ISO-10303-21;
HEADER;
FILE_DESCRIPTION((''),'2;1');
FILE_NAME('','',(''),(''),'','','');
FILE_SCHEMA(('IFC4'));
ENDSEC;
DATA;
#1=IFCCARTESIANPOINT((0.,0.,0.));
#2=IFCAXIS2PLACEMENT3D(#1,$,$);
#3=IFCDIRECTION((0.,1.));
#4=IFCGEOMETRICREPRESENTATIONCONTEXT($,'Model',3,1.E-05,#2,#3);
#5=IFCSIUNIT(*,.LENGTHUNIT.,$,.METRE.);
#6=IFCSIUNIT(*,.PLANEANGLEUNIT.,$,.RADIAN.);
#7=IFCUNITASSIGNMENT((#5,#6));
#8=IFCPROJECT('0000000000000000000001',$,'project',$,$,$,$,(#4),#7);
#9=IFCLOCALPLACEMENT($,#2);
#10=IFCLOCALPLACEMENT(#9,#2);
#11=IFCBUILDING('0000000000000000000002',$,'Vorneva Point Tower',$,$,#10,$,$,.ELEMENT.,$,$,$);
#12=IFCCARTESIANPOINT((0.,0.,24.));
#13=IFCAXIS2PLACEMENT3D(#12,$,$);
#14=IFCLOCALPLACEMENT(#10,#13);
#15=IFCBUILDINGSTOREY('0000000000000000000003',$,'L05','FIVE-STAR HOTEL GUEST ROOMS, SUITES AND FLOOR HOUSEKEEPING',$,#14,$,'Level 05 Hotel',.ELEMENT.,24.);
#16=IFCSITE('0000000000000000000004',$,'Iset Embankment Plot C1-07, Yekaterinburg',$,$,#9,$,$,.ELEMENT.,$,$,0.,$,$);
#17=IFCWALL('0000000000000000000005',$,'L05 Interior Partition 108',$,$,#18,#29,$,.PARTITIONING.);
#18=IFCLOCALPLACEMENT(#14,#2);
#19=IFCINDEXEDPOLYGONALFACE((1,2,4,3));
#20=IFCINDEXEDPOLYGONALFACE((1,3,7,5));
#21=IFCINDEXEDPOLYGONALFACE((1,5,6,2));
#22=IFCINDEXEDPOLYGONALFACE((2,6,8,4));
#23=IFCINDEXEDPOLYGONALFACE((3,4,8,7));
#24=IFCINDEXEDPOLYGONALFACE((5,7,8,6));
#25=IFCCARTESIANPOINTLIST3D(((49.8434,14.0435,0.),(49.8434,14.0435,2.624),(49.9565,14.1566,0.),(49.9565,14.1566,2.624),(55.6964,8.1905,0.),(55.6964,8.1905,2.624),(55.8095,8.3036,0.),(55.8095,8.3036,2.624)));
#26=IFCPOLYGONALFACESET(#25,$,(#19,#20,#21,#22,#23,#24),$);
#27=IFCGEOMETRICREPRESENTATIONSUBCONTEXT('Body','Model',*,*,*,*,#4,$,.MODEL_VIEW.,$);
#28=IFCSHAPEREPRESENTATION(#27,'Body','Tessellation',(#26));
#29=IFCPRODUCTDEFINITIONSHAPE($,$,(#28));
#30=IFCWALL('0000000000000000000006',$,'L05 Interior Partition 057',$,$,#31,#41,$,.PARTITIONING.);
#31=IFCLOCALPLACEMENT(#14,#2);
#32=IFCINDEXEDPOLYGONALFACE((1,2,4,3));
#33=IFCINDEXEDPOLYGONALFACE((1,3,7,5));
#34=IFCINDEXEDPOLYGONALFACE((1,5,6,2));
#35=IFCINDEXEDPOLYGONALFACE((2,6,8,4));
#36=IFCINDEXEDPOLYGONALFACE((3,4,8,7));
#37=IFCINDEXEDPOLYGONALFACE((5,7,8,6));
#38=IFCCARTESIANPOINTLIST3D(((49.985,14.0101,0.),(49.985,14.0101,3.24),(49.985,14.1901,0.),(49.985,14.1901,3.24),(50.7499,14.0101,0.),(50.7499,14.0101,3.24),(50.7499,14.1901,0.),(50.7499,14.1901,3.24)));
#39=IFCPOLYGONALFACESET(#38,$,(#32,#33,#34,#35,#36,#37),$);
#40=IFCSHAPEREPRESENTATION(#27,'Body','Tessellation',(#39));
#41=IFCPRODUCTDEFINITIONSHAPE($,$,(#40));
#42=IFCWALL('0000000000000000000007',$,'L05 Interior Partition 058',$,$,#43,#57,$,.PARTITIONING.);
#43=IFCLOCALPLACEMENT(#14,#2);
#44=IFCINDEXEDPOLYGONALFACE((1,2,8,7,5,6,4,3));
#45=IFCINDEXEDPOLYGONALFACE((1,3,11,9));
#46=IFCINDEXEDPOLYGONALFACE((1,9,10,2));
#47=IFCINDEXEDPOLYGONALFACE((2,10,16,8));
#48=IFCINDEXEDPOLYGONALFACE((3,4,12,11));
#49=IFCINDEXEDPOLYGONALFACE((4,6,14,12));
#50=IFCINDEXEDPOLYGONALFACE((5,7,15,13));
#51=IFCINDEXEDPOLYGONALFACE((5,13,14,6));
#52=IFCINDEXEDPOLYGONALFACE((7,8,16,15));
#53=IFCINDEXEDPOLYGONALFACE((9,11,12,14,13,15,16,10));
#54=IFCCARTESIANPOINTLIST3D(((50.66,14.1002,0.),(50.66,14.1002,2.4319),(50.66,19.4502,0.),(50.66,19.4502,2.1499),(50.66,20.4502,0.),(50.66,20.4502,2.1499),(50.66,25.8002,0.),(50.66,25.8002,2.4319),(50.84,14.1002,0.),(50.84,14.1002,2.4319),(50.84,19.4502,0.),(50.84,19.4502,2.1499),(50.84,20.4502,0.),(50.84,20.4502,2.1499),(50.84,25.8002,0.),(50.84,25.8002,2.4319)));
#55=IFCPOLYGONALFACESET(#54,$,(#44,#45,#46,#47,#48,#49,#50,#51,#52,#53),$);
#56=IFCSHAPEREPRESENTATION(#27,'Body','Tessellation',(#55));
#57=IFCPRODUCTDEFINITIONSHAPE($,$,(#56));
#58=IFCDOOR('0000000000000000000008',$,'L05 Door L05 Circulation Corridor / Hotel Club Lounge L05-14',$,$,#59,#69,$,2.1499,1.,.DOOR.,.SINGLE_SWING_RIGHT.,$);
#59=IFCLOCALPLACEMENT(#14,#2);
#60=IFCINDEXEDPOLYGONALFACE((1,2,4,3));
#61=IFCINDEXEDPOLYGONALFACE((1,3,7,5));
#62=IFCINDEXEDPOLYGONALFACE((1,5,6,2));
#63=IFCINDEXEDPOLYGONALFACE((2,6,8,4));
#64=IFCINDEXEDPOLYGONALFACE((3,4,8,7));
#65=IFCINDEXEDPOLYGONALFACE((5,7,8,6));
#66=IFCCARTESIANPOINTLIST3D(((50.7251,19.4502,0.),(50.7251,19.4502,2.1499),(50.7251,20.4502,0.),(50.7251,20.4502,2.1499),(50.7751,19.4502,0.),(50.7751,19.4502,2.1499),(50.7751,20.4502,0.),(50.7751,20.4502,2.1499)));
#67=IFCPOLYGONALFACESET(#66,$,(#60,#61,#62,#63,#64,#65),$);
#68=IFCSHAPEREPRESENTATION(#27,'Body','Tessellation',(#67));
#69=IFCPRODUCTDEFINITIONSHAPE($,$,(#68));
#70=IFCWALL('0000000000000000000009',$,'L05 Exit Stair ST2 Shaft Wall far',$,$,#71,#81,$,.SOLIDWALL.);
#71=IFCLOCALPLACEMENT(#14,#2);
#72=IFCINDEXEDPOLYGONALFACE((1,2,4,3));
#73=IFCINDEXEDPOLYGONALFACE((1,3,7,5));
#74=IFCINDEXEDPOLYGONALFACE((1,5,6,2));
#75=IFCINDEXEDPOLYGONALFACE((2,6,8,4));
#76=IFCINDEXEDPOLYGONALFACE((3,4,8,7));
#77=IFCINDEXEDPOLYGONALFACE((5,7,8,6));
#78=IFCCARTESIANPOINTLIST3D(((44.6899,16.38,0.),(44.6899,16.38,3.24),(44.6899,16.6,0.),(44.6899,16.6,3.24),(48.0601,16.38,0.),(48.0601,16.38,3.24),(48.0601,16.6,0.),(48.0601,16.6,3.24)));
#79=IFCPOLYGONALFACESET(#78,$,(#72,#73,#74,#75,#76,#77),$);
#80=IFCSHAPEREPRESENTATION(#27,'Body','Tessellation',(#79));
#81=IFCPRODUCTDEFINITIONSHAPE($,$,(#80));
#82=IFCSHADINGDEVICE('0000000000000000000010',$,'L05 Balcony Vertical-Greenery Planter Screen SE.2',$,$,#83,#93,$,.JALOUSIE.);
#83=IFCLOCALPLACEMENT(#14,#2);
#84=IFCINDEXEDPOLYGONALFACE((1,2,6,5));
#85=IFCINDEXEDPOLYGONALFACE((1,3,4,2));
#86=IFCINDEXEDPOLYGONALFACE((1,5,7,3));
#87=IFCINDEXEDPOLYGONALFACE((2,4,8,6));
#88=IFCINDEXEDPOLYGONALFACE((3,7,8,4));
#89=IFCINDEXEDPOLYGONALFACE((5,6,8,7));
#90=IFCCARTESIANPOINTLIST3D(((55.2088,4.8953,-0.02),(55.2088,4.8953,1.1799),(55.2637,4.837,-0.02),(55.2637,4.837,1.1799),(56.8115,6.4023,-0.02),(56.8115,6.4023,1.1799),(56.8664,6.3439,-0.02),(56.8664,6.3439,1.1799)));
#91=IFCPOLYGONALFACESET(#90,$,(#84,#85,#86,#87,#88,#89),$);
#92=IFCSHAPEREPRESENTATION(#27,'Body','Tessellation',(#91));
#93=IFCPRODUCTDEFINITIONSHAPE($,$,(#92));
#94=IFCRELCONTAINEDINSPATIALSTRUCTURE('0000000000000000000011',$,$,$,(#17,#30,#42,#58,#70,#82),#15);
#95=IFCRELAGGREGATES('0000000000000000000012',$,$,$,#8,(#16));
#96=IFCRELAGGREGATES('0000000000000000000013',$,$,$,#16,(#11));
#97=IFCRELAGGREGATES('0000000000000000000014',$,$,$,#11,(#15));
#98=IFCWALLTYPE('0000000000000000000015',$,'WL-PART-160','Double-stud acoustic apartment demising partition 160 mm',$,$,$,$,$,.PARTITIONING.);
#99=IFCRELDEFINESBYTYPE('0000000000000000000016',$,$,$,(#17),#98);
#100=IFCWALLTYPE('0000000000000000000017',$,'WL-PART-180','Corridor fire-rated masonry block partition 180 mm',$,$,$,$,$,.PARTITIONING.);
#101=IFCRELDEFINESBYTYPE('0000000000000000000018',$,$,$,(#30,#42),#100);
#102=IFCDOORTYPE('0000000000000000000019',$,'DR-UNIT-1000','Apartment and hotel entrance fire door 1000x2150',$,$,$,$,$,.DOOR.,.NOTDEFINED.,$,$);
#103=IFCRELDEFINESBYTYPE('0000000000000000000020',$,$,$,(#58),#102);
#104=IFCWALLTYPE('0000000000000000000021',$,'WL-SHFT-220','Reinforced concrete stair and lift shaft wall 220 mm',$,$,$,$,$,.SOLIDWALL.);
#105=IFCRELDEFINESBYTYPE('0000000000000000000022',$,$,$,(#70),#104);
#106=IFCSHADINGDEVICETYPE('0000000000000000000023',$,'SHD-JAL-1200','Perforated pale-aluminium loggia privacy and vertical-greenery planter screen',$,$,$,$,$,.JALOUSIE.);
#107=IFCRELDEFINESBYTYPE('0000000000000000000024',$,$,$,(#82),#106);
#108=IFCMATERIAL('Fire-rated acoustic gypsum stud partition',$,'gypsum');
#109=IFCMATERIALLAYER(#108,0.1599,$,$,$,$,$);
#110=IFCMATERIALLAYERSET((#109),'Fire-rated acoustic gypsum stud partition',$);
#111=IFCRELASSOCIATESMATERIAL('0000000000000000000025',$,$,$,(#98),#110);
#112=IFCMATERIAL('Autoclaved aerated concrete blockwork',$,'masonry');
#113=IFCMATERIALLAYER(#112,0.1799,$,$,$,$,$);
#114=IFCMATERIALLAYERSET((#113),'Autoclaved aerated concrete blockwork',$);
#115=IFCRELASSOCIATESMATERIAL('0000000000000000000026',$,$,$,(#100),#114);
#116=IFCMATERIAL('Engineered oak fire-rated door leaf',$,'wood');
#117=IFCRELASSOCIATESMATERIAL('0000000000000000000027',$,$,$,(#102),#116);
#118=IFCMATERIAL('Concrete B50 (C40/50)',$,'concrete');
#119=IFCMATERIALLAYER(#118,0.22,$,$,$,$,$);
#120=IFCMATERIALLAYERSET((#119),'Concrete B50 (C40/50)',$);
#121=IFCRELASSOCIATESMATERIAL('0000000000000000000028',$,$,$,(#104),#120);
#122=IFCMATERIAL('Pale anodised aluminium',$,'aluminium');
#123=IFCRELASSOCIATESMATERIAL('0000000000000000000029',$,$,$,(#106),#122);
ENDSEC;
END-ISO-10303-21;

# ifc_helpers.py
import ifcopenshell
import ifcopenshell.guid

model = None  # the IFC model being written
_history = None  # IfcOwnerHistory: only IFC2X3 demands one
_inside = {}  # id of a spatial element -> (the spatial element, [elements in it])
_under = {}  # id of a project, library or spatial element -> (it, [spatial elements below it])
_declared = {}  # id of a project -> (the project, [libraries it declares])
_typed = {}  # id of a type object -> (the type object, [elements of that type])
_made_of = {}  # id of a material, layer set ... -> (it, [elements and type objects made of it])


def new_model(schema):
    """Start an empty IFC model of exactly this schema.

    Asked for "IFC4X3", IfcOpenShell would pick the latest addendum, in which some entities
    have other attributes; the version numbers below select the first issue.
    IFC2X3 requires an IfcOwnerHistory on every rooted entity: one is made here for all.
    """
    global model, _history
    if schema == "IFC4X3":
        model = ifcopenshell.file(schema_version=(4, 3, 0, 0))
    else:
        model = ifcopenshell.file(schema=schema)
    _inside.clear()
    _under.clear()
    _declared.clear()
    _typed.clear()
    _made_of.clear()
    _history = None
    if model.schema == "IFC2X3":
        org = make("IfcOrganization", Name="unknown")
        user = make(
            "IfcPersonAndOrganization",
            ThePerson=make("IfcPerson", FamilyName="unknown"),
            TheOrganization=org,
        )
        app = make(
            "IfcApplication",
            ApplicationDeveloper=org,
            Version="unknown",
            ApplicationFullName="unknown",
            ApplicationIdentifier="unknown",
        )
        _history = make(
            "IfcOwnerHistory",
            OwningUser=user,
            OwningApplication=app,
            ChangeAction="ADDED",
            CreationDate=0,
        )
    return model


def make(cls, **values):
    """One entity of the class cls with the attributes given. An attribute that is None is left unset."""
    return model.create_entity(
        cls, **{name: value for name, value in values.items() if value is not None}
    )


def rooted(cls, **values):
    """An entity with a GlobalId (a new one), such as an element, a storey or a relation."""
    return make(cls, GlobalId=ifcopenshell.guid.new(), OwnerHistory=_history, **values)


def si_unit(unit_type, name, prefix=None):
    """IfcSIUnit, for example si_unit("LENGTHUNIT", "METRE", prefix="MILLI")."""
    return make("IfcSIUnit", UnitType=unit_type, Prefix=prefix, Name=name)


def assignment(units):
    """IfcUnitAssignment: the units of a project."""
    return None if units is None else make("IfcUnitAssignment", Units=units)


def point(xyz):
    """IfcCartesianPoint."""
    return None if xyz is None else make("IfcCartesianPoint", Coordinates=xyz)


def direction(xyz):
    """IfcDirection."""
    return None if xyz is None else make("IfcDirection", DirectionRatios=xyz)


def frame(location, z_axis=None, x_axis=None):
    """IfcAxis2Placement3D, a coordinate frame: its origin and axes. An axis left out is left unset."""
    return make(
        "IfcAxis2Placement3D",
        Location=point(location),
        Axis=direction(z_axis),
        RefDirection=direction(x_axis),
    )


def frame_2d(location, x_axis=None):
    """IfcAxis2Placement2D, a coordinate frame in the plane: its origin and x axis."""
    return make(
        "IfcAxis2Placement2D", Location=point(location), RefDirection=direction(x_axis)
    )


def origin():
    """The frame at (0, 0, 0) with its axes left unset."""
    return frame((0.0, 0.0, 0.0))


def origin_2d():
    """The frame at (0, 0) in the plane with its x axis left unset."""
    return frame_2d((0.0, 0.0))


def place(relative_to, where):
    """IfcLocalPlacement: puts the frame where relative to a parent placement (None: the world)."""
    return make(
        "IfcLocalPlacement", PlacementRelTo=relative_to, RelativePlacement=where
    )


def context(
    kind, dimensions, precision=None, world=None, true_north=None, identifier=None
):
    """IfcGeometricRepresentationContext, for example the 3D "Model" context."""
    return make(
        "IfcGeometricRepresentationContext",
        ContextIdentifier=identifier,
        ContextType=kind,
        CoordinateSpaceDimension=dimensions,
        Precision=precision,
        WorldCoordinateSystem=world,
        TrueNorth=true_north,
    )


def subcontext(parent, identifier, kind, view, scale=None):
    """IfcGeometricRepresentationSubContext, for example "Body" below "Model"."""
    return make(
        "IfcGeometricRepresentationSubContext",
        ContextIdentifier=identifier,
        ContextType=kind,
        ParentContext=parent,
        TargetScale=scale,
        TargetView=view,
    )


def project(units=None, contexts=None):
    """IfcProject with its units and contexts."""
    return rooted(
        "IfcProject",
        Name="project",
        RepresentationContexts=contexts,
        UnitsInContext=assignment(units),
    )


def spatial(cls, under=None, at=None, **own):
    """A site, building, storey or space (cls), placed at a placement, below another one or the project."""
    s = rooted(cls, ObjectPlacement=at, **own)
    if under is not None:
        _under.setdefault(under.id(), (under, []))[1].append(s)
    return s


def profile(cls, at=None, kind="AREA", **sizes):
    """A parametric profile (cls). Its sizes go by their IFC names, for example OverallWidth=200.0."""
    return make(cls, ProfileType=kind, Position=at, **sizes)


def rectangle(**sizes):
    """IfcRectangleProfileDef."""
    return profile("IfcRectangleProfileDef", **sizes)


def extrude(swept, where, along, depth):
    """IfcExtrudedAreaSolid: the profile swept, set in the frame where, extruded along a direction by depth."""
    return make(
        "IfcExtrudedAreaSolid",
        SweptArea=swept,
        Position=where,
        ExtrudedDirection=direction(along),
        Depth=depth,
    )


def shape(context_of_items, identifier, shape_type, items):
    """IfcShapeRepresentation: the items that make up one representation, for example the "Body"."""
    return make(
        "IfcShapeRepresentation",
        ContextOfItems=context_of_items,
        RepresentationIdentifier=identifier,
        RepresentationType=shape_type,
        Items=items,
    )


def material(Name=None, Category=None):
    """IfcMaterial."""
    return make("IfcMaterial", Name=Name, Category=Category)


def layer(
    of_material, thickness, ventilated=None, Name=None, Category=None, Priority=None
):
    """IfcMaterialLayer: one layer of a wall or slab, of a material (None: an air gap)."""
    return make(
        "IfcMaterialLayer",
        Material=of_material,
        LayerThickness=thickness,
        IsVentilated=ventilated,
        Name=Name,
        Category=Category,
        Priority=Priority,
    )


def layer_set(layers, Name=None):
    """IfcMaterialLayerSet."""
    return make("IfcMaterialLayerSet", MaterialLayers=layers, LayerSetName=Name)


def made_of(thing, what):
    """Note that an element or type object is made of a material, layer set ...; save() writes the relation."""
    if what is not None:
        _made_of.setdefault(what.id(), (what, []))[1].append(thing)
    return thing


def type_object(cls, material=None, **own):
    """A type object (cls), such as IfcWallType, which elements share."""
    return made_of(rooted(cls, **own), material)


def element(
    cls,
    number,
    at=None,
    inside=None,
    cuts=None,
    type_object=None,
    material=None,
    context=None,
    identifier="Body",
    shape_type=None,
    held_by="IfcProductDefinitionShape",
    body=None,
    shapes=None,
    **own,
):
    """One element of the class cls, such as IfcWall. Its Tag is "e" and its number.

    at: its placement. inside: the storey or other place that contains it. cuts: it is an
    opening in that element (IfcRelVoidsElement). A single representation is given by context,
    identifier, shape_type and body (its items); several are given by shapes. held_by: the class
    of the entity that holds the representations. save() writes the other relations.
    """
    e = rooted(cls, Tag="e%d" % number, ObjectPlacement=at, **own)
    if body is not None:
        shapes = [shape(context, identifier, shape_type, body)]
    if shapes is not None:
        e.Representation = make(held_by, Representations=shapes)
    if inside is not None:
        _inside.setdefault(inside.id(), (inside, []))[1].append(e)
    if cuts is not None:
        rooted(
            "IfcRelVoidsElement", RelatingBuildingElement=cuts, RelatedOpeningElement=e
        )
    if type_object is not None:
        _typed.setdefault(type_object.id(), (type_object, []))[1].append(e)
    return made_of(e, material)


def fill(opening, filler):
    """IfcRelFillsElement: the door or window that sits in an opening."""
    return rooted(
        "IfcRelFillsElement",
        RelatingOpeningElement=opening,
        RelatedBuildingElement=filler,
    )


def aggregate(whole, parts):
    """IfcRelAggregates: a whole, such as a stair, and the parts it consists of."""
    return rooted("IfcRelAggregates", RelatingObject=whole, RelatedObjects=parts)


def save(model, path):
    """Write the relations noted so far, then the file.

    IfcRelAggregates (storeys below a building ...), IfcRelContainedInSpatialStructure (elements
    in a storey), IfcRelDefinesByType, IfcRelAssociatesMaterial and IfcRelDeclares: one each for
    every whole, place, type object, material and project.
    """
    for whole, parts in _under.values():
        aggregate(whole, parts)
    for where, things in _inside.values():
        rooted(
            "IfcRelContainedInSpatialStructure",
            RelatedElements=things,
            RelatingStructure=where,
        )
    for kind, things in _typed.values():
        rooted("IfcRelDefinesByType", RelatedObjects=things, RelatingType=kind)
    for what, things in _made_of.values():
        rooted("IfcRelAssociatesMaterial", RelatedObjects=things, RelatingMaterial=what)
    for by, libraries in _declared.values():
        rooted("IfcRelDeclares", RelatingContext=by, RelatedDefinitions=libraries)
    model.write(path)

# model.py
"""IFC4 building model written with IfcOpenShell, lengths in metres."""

from ifc_helpers import new_model, si_unit, direction, frame, frame_2d, origin, origin_2d, place, context, subcontext, project, spatial, rectangle, extrude, material, layer, layer_set, type_object, element, fill, save


model = new_model("IFC4")

# Units and contexts
model_context = context("Model", 3, precision=1e-05, world=origin(), true_north=direction((0.0, 1.0)))
body_context = subcontext(model_context, "Body", "Model", "MODEL_VIEW")
ifc_project = project(units=[si_unit("LENGTHUNIT", "METRE"), si_unit("PLANEANGLEUNIT", "RADIAN")], contexts=[model_context])

# Site, building, storey
site_placement = place(None, origin())
site = spatial("IfcSite", under=ifc_project, at=site_placement, Name="Iset Embankment Plot C1-07, Yekaterinburg", CompositionType="ELEMENT", RefElevation=0.0)
building_placement = place(site_placement, origin())
building = spatial("IfcBuilding", under=site, at=building_placement, Name="Vorneva Point Tower", CompositionType="ELEMENT")
storey_placement = place(building_placement, frame((0.0, 0.0, 24.0)))
storey = spatial("IfcBuildingStorey", under=building, at=storey_placement, Name="L05", Description="FIVE-STAR HOTEL GUEST ROOMS, SUITES AND FLOOR HOUSEKEEPING", LongName="Level 05 Hotel", CompositionType="ELEMENT", Elevation=24.0)

# Shared definitions
ifc_material_1 = material(Name="Pale anodised aluminium", Category="aluminium")

# Walls
ifc_material_2 = material(Name="Fire-rated acoustic gypsum stud partition", Category="gypsum")
ifc_layer_1 = layer(ifc_material_2, 0.1599)
ifc_layer_set_1 = layer_set([ifc_layer_1], Name="Fire-rated acoustic gypsum stud partition")
wall_type_1 = type_object("IfcWallType", Name="WL-PART-160", Description="Double-stud acoustic apartment demising partition 160 mm", PredefinedType="PARTITIONING", material=ifc_layer_set_1)
wall_1_placement = place(storey_placement, frame((55.7529, 8.2471, 0.0), z_axis=(0.0, 0.0, 1.0), x_axis=(-0.707107, 0.707107, 0.0)))
element("IfcWall", 1, at=wall_1_placement, inside=storey, type_object=wall_type_1, Name="L05 Interior Partition 108", PredefinedType="PARTITIONING", context=body_context, shape_type="SweptSolid", body=[
    extrude(rectangle(XDim=8.2773, YDim=0.1599, at=frame_2d((4.1387, 0.0))), origin(), (0.0, 0.0, 1.0), 2.624),
])
ifc_material_3 = material(Name="Autoclaved aerated concrete blockwork", Category="masonry")
ifc_layer_2 = layer(ifc_material_3, 0.1799)
ifc_layer_set_2 = layer_set([ifc_layer_2], Name="Autoclaved aerated concrete blockwork")
wall_type_2 = type_object("IfcWallType", Name="WL-PART-180", Description="Corridor fire-rated masonry block partition 180 mm", PredefinedType="PARTITIONING", material=ifc_layer_set_2)
wall_2_placement = place(storey_placement, frame((49.9851, 14.1001, 0.0), z_axis=(0.0, 0.0, 1.0), x_axis=(1.0, 0.0, 0.0)))
element("IfcWall", 2, at=wall_2_placement, inside=storey, type_object=wall_type_2, Name="L05 Interior Partition 057", PredefinedType="PARTITIONING", context=body_context, shape_type="SweptSolid", body=[
    extrude(rectangle(XDim=0.7649, YDim=0.1799, at=frame_2d((0.3823, 0.0))), origin(), (0.0, 0.0, 1.0), 3.24),
])

# Wall, opening, door
wall_3_placement = place(storey_placement, frame((50.75, 14.1001, 0.0), z_axis=(0.0, 0.0, 1.0), x_axis=(0.0, 1.0, 0.0)))
wall_3 = element("IfcWall", 3, at=wall_3_placement, inside=storey, type_object=wall_type_2, Name="L05 Interior Partition 058", PredefinedType="PARTITIONING", context=body_context, shape_type="SweptSolid", body=[
    extrude(rectangle(XDim=11.7, YDim=0.1799, at=frame_2d((5.8501, 0.0))), origin(), (0.0, 0.0, 1.0), 2.4319),
])
opening_1_placement = place(wall_3_placement, frame((5.3501, 0.0, 0.0)))
opening_1 = element("IfcOpeningElement", 4, at=opening_1_placement, cuts=wall_3, PredefinedType="OPENING", context=body_context, shape_type="SweptSolid", body=[
    extrude(rectangle(XDim=1.0, YDim=2.1499, at=frame_2d((0.5, 1.075))), frame((0.0, 0.105, 0.0), z_axis=(0.0, -1.0, 0.0), x_axis=(1.0, 0.0, 0.0)), (0.0, 0.0, 1.0), 0.2097),
])
ifc_material_4 = material(Name="Engineered oak fire-rated door leaf", Category="wood")
door_type_1 = type_object("IfcDoorType", Name="DR-UNIT-1000", Description="Apartment and hotel entrance fire door 1000x2150", OperationType="NOTDEFINED", PredefinedType="DOOR", material=ifc_material_4)
door_1_placement = place(opening_1_placement, origin())
door_1 = element("IfcDoor", 5, at=door_1_placement, inside=storey, type_object=door_type_1, Name="L05 Door L05 Circulation Corridor / Hotel Club Lounge L05-14", OperationType="SINGLE_SWING_RIGHT", OverallHeight=2.1499, OverallWidth=1.0, PredefinedType="DOOR", context=body_context, shape_type="SweptSolid", body=[
    extrude(rectangle(XDim=1.0, YDim=2.1499, at=frame_2d((0.5, 1.075))), frame((0.0, 0.0249, 0.0), z_axis=(0.0, -1.0, 0.0), x_axis=(1.0, 0.0, 0.0)), (0.0, 0.0, 1.0), 0.05),
])
fill(opening_1, door_1)

# Wall
ifc_material_5 = material(Name="Concrete B50 (C40/50)", Category="concrete")
ifc_layer_3 = layer(ifc_material_5, 0.22)
ifc_layer_set_3 = layer_set([ifc_layer_3], Name="Concrete B50 (C40/50)")
wall_type_3 = type_object("IfcWallType", Name="WL-SHFT-220", Description="Reinforced concrete stair and lift shaft wall 220 mm", PredefinedType="SOLIDWALL", material=ifc_layer_set_3)
wall_4_placement = place(storey_placement, frame((48.0601, 16.49, 0.0), z_axis=(0.0, 0.0, 1.0), x_axis=(-1.0, 0.0, 0.0)))
element("IfcWall", 6, at=wall_4_placement, inside=storey, type_object=wall_type_3, Name="L05 Exit Stair ST2 Shaft Wall far", PredefinedType="SOLIDWALL", context=body_context, shape_type="SweptSolid", body=[
    extrude(rectangle(XDim=3.3701, YDim=0.22, at=frame_2d((1.6851, 0.0))), origin(), (0.0, 0.0, 1.0), 3.24),
])

# Shading device
shading_device_type = type_object("IfcShadingDeviceType", Name="SHD-JAL-1200", Description="Perforated pale-aluminium loggia privacy and vertical-greenery planter screen", PredefinedType="JALOUSIE", material=ifc_material_1)
shading_device_placement = place(storey_placement, frame((56.0376, 5.6196, -0.02), z_axis=(0.0, 0.0, 1.0), x_axis=(0.728538, 0.685005, 0.0)))
element("IfcShadingDevice", 7, at=shading_device_placement, inside=storey, type_object=shading_device_type, Name="L05 Balcony Vertical-Greenery Planter Screen SE.2", PredefinedType="JALOUSIE", context=body_context, shape_type="SweptSolid", body=[
    extrude(rectangle(XDim=2.2, YDim=0.0801, at=origin_2d()), origin(), (0.0, 0.0, 1.0), 1.2),
])

save(model, "model.ifc")
